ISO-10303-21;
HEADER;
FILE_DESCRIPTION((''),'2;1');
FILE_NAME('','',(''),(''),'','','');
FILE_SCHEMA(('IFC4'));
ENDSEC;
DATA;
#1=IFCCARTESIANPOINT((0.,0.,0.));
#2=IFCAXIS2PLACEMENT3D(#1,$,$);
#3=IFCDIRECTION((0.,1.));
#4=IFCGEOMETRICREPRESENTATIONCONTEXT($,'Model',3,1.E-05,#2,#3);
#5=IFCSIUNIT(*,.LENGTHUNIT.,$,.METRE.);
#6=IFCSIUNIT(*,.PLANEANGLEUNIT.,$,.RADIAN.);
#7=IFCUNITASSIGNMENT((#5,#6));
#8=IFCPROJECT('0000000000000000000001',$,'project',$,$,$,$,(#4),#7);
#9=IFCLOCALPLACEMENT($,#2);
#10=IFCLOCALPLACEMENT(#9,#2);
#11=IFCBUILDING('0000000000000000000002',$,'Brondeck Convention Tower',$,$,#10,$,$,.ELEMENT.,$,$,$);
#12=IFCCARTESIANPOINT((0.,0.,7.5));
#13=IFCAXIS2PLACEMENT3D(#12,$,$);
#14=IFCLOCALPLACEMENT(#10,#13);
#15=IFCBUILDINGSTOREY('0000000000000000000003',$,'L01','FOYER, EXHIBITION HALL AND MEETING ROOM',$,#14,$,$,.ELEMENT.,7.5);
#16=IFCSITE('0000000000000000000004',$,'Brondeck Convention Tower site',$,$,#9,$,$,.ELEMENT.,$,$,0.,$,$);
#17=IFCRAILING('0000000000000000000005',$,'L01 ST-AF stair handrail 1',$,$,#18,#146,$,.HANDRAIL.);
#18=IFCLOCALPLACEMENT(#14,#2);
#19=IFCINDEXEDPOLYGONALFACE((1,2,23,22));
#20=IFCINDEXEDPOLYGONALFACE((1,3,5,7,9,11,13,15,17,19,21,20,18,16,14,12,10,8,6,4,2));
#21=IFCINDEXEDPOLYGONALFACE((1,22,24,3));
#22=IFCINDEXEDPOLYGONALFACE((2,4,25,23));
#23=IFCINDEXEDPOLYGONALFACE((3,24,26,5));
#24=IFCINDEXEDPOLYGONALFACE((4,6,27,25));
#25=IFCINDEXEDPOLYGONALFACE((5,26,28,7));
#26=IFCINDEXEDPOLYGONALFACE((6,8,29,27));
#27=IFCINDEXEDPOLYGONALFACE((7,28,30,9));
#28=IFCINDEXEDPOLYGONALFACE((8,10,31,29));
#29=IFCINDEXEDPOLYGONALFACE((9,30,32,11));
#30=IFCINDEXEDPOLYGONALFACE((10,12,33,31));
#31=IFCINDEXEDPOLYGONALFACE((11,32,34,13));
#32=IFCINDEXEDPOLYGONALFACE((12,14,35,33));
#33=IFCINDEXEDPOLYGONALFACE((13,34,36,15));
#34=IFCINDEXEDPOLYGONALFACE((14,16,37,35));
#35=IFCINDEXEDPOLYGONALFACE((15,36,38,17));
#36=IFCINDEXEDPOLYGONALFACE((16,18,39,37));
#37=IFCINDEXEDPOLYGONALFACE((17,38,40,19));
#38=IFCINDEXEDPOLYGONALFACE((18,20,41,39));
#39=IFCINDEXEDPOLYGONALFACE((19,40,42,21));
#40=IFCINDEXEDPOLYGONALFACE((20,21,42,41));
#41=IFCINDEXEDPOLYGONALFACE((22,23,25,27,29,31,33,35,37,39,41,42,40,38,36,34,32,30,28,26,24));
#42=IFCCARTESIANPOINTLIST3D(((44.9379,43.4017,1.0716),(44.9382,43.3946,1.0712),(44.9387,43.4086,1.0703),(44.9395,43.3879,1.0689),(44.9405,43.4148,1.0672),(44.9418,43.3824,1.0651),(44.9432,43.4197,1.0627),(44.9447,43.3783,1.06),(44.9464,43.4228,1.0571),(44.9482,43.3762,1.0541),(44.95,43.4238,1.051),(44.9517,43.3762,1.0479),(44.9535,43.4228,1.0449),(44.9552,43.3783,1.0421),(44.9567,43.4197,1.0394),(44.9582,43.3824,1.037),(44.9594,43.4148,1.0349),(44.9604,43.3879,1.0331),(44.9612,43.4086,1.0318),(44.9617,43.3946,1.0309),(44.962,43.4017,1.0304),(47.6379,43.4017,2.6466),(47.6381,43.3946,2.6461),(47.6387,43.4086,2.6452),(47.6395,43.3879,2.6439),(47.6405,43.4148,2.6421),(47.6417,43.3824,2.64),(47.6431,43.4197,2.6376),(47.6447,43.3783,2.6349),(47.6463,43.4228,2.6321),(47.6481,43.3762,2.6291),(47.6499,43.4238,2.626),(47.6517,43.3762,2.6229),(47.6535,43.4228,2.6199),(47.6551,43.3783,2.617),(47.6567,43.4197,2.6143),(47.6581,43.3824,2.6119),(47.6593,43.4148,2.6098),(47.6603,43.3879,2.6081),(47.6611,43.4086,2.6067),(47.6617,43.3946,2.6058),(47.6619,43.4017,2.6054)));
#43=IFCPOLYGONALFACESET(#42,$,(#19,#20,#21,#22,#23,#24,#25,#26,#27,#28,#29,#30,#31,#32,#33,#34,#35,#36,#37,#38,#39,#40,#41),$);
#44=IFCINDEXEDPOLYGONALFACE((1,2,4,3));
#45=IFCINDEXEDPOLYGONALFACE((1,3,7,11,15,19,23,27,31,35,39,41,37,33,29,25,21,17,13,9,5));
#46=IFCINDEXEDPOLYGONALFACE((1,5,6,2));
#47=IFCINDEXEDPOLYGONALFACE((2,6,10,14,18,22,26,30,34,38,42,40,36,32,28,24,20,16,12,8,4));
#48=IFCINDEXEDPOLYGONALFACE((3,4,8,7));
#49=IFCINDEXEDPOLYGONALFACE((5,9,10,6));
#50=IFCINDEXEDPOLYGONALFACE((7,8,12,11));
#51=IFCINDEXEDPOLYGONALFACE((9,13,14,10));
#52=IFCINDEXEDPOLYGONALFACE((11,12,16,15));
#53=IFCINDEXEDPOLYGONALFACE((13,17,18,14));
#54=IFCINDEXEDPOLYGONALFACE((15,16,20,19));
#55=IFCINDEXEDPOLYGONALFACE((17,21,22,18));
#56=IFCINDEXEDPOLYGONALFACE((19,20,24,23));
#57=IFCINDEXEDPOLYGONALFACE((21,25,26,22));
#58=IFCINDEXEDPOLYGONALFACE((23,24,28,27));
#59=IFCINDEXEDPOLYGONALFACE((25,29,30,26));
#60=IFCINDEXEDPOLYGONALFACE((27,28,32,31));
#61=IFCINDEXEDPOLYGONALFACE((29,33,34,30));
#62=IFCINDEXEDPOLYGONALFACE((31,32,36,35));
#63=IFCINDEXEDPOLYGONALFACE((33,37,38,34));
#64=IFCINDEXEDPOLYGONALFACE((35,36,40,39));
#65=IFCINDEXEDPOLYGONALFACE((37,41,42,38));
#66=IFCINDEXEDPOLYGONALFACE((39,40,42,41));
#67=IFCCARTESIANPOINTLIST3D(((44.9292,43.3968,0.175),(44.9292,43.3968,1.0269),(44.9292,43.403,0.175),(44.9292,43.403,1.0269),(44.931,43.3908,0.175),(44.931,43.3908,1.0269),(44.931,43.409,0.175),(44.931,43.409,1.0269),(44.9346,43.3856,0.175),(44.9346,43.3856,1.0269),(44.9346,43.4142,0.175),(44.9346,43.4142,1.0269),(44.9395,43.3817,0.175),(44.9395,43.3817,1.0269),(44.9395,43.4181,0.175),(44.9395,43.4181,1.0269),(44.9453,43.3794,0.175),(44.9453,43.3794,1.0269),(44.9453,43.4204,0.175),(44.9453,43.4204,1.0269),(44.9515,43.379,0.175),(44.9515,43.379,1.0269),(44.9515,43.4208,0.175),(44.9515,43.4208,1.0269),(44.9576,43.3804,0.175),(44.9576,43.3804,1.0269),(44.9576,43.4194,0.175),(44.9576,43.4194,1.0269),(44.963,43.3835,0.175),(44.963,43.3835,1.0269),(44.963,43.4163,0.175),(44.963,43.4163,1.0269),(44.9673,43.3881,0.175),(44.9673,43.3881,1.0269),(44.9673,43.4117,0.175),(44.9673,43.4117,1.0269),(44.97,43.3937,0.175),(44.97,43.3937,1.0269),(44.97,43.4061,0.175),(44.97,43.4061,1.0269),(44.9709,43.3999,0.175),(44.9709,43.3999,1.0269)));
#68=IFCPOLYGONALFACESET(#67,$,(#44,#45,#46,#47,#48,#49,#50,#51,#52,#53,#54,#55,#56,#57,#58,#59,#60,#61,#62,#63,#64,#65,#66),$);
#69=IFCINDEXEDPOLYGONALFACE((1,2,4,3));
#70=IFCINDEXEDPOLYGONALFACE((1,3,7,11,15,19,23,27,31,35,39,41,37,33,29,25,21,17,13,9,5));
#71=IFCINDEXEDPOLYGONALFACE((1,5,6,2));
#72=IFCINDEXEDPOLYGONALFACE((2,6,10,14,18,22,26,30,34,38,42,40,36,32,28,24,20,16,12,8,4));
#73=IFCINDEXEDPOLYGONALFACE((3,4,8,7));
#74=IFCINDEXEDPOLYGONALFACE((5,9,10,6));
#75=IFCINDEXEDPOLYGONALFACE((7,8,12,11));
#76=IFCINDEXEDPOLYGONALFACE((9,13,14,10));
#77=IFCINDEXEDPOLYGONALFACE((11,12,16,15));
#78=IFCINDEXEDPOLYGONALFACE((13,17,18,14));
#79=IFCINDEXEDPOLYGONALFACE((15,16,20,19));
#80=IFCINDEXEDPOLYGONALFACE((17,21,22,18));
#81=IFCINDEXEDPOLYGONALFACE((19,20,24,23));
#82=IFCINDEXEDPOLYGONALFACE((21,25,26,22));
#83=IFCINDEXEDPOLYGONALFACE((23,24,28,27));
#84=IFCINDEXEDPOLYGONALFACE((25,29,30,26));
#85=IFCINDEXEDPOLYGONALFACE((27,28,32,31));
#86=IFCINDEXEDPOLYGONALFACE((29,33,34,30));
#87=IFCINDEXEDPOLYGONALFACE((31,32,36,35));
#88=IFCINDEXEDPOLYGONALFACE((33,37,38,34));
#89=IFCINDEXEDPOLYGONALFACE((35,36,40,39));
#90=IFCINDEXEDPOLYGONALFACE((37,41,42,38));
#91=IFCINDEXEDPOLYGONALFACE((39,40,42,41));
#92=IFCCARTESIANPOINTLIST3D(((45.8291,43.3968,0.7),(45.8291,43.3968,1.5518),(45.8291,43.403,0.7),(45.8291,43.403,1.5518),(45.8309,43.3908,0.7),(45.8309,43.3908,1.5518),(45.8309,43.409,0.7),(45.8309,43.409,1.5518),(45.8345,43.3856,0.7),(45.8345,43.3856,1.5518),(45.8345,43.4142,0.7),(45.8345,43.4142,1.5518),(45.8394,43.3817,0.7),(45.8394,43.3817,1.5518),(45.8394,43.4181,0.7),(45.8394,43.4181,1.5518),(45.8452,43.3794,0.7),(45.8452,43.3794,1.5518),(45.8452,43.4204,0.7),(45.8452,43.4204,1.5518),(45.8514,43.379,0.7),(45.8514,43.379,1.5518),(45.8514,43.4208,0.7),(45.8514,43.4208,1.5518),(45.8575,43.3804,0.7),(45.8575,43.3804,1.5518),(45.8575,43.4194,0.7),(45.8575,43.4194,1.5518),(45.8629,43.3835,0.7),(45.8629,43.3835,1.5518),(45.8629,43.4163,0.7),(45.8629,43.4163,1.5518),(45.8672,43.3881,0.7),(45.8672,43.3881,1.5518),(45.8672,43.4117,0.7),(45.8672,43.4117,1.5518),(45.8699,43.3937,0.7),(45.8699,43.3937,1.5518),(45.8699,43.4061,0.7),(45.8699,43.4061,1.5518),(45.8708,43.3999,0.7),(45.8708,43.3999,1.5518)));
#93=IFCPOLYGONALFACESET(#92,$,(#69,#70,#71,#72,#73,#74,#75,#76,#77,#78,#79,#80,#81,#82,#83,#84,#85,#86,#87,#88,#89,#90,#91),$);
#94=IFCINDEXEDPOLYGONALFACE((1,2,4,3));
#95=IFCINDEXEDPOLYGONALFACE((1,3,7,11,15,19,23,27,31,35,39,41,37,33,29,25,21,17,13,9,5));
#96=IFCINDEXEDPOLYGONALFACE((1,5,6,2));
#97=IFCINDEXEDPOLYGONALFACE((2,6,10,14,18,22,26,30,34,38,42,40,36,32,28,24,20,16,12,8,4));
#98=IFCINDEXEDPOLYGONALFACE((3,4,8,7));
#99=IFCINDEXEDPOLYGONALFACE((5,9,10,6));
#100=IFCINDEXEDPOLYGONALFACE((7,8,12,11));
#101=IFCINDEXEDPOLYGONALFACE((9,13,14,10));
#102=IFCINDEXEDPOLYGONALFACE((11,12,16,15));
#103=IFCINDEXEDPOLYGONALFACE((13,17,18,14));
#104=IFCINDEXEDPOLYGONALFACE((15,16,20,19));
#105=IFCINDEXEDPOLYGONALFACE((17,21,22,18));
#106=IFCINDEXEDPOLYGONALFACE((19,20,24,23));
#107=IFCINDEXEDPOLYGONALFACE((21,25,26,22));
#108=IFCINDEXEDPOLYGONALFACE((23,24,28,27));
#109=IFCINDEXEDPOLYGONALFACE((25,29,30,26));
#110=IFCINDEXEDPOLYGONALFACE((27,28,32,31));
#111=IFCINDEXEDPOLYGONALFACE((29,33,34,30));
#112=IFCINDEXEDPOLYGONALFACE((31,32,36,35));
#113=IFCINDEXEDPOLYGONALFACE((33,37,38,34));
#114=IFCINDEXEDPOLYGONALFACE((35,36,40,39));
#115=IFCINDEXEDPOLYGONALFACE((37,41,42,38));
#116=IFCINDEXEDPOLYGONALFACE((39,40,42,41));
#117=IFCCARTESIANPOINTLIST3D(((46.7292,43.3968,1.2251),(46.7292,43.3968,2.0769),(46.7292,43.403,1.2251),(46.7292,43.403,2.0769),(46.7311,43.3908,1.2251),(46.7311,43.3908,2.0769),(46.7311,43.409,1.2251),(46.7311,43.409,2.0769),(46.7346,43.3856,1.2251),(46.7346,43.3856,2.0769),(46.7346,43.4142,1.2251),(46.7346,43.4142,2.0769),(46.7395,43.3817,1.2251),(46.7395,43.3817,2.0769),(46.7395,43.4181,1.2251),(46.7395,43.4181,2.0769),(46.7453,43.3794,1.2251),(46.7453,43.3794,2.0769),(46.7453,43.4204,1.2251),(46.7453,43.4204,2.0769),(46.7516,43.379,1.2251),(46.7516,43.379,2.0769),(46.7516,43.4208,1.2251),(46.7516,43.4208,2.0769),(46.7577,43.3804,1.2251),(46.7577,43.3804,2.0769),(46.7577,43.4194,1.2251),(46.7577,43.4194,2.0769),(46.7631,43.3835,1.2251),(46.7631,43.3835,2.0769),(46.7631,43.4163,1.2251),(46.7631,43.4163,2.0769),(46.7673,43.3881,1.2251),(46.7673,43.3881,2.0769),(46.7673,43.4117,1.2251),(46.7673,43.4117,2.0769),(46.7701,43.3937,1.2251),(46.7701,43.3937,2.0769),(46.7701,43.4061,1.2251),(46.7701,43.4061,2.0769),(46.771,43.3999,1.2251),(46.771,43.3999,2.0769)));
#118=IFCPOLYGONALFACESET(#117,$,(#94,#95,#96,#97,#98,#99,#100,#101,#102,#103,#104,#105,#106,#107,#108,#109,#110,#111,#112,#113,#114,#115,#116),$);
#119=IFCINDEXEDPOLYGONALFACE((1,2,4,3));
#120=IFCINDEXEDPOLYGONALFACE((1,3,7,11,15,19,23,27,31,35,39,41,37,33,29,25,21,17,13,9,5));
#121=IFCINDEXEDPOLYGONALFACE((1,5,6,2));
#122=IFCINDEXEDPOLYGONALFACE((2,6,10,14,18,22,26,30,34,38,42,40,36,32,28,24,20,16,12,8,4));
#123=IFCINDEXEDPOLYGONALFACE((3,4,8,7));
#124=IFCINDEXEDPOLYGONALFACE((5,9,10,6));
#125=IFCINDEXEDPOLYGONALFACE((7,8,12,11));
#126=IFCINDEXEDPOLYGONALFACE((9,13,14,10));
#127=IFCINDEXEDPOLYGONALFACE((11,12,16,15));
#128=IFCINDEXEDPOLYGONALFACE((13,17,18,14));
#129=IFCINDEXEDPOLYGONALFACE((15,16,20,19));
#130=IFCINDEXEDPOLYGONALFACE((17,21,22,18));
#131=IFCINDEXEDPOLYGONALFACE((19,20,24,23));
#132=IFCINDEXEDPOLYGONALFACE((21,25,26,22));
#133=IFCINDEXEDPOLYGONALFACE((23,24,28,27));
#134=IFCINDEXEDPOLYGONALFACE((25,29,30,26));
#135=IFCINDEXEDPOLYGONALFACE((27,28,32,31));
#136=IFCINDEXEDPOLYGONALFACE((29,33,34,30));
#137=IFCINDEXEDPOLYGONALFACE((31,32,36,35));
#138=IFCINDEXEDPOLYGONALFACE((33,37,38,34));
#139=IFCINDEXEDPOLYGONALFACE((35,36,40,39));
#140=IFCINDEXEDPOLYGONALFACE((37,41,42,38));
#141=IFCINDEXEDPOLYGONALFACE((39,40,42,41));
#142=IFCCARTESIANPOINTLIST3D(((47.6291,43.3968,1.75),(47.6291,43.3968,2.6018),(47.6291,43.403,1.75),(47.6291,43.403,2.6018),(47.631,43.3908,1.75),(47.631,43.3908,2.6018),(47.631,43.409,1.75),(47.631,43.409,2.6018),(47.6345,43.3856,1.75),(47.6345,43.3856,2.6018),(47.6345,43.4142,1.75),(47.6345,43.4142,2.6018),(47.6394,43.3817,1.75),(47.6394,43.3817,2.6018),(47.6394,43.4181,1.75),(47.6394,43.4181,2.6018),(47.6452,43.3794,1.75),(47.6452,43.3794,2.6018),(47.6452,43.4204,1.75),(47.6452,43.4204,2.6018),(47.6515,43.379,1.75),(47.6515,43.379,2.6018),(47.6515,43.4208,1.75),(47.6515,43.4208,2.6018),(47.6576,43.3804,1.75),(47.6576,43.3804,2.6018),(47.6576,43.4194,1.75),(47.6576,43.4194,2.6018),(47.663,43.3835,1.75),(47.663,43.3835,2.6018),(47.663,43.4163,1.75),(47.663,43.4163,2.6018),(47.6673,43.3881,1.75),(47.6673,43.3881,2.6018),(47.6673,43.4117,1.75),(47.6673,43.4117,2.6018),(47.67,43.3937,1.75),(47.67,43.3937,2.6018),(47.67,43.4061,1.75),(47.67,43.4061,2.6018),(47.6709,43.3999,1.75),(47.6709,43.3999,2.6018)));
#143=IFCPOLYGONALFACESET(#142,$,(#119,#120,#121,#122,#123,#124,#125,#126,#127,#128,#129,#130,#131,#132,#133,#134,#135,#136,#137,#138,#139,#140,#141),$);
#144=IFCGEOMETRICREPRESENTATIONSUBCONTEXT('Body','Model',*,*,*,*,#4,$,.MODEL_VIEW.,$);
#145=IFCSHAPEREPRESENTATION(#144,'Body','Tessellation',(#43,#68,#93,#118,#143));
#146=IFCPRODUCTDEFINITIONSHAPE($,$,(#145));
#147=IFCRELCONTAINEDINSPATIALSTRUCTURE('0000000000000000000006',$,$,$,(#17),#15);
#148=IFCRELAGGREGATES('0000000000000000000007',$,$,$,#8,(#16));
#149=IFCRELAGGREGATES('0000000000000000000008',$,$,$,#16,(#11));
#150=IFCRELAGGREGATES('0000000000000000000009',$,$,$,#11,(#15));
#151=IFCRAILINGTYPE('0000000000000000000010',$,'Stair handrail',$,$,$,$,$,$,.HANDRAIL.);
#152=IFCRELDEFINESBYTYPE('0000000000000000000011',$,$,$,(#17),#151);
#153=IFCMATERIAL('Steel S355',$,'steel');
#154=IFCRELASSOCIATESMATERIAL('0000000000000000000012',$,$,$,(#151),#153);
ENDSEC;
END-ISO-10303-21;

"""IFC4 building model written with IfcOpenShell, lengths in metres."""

from ifc_helpers import new_model, si_unit, direction, frame, origin, origin_2d, place, context, subcontext, project, spatial, circle, extrude, material, type_object, element, save


model = new_model("IFC4")

# Units and contexts
model_context = context("Model", 3, precision=1e-05, world=origin(), true_north=direction((0.0, 1.0)))
body_context = subcontext(model_context, "Body", "Model", "MODEL_VIEW")
ifc_project = project(units=[si_unit("LENGTHUNIT", "METRE"), si_unit("PLANEANGLEUNIT", "RADIAN")], contexts=[model_context])

# Site, building, storey
site_placement = place(None, origin())
site = spatial("IfcSite", under=ifc_project, at=site_placement, Name="Brondeck Convention Tower site", CompositionType="ELEMENT", RefElevation=0.0)
building_placement = place(site_placement, origin())
building = spatial("IfcBuilding", under=site, at=building_placement, Name="Brondeck Convention Tower", CompositionType="ELEMENT")
storey_placement = place(building_placement, frame((0.0, 0.0, 7.5)))
storey = spatial("IfcBuildingStorey", under=building, at=storey_placement, Name="L01", Description="FOYER, EXHIBITION HALL AND MEETING ROOM", CompositionType="ELEMENT", Elevation=7.5)

# Shared definitions
ifc_material_1 = material(Name="Steel S355", Category="steel")

# Railing
railing_type_1 = type_object("IfcRailingType", Name="Stair handrail", PredefinedType="HANDRAIL", material=ifc_material_1)
railing_1_placement = place(storey_placement, frame((44.95, 43.3999, 0.175)))
element("IfcRailing", 1, at=railing_1_placement, inside=storey, type_object=railing_type_1, Name="L01 ST-AF stair handrail 1", PredefinedType="HANDRAIL", context=body_context, shape_type="SweptSolid", body=[
    extrude(circle(Radius=0.0239, at=origin_2d()), frame((0.0, 0.0, 0.876), z_axis=(0.863782, 0.0, 0.503866), x_axis=(0.0, 1.0, 0.0)), (0.0, 0.0, 1.0), 3.1257),
    extrude(circle(Radius=0.021, at=origin_2d()), origin(), (0.0, 0.0, 1.0), 0.8518),
    extrude(circle(Radius=0.021, at=origin_2d()), frame((0.8999, 0.0, 0.5249)), (0.0, 0.0, 1.0), 0.8518),
    extrude(circle(Radius=0.021, at=origin_2d()), frame((1.8, 0.0, 1.05)), (0.0, 0.0, 1.0), 0.8518),
    extrude(circle(Radius=0.021, at=origin_2d()), frame((2.7, 0.0, 1.575)), (0.0, 0.0, 1.0), 0.8518),
])

save(model, "model.ifc")
